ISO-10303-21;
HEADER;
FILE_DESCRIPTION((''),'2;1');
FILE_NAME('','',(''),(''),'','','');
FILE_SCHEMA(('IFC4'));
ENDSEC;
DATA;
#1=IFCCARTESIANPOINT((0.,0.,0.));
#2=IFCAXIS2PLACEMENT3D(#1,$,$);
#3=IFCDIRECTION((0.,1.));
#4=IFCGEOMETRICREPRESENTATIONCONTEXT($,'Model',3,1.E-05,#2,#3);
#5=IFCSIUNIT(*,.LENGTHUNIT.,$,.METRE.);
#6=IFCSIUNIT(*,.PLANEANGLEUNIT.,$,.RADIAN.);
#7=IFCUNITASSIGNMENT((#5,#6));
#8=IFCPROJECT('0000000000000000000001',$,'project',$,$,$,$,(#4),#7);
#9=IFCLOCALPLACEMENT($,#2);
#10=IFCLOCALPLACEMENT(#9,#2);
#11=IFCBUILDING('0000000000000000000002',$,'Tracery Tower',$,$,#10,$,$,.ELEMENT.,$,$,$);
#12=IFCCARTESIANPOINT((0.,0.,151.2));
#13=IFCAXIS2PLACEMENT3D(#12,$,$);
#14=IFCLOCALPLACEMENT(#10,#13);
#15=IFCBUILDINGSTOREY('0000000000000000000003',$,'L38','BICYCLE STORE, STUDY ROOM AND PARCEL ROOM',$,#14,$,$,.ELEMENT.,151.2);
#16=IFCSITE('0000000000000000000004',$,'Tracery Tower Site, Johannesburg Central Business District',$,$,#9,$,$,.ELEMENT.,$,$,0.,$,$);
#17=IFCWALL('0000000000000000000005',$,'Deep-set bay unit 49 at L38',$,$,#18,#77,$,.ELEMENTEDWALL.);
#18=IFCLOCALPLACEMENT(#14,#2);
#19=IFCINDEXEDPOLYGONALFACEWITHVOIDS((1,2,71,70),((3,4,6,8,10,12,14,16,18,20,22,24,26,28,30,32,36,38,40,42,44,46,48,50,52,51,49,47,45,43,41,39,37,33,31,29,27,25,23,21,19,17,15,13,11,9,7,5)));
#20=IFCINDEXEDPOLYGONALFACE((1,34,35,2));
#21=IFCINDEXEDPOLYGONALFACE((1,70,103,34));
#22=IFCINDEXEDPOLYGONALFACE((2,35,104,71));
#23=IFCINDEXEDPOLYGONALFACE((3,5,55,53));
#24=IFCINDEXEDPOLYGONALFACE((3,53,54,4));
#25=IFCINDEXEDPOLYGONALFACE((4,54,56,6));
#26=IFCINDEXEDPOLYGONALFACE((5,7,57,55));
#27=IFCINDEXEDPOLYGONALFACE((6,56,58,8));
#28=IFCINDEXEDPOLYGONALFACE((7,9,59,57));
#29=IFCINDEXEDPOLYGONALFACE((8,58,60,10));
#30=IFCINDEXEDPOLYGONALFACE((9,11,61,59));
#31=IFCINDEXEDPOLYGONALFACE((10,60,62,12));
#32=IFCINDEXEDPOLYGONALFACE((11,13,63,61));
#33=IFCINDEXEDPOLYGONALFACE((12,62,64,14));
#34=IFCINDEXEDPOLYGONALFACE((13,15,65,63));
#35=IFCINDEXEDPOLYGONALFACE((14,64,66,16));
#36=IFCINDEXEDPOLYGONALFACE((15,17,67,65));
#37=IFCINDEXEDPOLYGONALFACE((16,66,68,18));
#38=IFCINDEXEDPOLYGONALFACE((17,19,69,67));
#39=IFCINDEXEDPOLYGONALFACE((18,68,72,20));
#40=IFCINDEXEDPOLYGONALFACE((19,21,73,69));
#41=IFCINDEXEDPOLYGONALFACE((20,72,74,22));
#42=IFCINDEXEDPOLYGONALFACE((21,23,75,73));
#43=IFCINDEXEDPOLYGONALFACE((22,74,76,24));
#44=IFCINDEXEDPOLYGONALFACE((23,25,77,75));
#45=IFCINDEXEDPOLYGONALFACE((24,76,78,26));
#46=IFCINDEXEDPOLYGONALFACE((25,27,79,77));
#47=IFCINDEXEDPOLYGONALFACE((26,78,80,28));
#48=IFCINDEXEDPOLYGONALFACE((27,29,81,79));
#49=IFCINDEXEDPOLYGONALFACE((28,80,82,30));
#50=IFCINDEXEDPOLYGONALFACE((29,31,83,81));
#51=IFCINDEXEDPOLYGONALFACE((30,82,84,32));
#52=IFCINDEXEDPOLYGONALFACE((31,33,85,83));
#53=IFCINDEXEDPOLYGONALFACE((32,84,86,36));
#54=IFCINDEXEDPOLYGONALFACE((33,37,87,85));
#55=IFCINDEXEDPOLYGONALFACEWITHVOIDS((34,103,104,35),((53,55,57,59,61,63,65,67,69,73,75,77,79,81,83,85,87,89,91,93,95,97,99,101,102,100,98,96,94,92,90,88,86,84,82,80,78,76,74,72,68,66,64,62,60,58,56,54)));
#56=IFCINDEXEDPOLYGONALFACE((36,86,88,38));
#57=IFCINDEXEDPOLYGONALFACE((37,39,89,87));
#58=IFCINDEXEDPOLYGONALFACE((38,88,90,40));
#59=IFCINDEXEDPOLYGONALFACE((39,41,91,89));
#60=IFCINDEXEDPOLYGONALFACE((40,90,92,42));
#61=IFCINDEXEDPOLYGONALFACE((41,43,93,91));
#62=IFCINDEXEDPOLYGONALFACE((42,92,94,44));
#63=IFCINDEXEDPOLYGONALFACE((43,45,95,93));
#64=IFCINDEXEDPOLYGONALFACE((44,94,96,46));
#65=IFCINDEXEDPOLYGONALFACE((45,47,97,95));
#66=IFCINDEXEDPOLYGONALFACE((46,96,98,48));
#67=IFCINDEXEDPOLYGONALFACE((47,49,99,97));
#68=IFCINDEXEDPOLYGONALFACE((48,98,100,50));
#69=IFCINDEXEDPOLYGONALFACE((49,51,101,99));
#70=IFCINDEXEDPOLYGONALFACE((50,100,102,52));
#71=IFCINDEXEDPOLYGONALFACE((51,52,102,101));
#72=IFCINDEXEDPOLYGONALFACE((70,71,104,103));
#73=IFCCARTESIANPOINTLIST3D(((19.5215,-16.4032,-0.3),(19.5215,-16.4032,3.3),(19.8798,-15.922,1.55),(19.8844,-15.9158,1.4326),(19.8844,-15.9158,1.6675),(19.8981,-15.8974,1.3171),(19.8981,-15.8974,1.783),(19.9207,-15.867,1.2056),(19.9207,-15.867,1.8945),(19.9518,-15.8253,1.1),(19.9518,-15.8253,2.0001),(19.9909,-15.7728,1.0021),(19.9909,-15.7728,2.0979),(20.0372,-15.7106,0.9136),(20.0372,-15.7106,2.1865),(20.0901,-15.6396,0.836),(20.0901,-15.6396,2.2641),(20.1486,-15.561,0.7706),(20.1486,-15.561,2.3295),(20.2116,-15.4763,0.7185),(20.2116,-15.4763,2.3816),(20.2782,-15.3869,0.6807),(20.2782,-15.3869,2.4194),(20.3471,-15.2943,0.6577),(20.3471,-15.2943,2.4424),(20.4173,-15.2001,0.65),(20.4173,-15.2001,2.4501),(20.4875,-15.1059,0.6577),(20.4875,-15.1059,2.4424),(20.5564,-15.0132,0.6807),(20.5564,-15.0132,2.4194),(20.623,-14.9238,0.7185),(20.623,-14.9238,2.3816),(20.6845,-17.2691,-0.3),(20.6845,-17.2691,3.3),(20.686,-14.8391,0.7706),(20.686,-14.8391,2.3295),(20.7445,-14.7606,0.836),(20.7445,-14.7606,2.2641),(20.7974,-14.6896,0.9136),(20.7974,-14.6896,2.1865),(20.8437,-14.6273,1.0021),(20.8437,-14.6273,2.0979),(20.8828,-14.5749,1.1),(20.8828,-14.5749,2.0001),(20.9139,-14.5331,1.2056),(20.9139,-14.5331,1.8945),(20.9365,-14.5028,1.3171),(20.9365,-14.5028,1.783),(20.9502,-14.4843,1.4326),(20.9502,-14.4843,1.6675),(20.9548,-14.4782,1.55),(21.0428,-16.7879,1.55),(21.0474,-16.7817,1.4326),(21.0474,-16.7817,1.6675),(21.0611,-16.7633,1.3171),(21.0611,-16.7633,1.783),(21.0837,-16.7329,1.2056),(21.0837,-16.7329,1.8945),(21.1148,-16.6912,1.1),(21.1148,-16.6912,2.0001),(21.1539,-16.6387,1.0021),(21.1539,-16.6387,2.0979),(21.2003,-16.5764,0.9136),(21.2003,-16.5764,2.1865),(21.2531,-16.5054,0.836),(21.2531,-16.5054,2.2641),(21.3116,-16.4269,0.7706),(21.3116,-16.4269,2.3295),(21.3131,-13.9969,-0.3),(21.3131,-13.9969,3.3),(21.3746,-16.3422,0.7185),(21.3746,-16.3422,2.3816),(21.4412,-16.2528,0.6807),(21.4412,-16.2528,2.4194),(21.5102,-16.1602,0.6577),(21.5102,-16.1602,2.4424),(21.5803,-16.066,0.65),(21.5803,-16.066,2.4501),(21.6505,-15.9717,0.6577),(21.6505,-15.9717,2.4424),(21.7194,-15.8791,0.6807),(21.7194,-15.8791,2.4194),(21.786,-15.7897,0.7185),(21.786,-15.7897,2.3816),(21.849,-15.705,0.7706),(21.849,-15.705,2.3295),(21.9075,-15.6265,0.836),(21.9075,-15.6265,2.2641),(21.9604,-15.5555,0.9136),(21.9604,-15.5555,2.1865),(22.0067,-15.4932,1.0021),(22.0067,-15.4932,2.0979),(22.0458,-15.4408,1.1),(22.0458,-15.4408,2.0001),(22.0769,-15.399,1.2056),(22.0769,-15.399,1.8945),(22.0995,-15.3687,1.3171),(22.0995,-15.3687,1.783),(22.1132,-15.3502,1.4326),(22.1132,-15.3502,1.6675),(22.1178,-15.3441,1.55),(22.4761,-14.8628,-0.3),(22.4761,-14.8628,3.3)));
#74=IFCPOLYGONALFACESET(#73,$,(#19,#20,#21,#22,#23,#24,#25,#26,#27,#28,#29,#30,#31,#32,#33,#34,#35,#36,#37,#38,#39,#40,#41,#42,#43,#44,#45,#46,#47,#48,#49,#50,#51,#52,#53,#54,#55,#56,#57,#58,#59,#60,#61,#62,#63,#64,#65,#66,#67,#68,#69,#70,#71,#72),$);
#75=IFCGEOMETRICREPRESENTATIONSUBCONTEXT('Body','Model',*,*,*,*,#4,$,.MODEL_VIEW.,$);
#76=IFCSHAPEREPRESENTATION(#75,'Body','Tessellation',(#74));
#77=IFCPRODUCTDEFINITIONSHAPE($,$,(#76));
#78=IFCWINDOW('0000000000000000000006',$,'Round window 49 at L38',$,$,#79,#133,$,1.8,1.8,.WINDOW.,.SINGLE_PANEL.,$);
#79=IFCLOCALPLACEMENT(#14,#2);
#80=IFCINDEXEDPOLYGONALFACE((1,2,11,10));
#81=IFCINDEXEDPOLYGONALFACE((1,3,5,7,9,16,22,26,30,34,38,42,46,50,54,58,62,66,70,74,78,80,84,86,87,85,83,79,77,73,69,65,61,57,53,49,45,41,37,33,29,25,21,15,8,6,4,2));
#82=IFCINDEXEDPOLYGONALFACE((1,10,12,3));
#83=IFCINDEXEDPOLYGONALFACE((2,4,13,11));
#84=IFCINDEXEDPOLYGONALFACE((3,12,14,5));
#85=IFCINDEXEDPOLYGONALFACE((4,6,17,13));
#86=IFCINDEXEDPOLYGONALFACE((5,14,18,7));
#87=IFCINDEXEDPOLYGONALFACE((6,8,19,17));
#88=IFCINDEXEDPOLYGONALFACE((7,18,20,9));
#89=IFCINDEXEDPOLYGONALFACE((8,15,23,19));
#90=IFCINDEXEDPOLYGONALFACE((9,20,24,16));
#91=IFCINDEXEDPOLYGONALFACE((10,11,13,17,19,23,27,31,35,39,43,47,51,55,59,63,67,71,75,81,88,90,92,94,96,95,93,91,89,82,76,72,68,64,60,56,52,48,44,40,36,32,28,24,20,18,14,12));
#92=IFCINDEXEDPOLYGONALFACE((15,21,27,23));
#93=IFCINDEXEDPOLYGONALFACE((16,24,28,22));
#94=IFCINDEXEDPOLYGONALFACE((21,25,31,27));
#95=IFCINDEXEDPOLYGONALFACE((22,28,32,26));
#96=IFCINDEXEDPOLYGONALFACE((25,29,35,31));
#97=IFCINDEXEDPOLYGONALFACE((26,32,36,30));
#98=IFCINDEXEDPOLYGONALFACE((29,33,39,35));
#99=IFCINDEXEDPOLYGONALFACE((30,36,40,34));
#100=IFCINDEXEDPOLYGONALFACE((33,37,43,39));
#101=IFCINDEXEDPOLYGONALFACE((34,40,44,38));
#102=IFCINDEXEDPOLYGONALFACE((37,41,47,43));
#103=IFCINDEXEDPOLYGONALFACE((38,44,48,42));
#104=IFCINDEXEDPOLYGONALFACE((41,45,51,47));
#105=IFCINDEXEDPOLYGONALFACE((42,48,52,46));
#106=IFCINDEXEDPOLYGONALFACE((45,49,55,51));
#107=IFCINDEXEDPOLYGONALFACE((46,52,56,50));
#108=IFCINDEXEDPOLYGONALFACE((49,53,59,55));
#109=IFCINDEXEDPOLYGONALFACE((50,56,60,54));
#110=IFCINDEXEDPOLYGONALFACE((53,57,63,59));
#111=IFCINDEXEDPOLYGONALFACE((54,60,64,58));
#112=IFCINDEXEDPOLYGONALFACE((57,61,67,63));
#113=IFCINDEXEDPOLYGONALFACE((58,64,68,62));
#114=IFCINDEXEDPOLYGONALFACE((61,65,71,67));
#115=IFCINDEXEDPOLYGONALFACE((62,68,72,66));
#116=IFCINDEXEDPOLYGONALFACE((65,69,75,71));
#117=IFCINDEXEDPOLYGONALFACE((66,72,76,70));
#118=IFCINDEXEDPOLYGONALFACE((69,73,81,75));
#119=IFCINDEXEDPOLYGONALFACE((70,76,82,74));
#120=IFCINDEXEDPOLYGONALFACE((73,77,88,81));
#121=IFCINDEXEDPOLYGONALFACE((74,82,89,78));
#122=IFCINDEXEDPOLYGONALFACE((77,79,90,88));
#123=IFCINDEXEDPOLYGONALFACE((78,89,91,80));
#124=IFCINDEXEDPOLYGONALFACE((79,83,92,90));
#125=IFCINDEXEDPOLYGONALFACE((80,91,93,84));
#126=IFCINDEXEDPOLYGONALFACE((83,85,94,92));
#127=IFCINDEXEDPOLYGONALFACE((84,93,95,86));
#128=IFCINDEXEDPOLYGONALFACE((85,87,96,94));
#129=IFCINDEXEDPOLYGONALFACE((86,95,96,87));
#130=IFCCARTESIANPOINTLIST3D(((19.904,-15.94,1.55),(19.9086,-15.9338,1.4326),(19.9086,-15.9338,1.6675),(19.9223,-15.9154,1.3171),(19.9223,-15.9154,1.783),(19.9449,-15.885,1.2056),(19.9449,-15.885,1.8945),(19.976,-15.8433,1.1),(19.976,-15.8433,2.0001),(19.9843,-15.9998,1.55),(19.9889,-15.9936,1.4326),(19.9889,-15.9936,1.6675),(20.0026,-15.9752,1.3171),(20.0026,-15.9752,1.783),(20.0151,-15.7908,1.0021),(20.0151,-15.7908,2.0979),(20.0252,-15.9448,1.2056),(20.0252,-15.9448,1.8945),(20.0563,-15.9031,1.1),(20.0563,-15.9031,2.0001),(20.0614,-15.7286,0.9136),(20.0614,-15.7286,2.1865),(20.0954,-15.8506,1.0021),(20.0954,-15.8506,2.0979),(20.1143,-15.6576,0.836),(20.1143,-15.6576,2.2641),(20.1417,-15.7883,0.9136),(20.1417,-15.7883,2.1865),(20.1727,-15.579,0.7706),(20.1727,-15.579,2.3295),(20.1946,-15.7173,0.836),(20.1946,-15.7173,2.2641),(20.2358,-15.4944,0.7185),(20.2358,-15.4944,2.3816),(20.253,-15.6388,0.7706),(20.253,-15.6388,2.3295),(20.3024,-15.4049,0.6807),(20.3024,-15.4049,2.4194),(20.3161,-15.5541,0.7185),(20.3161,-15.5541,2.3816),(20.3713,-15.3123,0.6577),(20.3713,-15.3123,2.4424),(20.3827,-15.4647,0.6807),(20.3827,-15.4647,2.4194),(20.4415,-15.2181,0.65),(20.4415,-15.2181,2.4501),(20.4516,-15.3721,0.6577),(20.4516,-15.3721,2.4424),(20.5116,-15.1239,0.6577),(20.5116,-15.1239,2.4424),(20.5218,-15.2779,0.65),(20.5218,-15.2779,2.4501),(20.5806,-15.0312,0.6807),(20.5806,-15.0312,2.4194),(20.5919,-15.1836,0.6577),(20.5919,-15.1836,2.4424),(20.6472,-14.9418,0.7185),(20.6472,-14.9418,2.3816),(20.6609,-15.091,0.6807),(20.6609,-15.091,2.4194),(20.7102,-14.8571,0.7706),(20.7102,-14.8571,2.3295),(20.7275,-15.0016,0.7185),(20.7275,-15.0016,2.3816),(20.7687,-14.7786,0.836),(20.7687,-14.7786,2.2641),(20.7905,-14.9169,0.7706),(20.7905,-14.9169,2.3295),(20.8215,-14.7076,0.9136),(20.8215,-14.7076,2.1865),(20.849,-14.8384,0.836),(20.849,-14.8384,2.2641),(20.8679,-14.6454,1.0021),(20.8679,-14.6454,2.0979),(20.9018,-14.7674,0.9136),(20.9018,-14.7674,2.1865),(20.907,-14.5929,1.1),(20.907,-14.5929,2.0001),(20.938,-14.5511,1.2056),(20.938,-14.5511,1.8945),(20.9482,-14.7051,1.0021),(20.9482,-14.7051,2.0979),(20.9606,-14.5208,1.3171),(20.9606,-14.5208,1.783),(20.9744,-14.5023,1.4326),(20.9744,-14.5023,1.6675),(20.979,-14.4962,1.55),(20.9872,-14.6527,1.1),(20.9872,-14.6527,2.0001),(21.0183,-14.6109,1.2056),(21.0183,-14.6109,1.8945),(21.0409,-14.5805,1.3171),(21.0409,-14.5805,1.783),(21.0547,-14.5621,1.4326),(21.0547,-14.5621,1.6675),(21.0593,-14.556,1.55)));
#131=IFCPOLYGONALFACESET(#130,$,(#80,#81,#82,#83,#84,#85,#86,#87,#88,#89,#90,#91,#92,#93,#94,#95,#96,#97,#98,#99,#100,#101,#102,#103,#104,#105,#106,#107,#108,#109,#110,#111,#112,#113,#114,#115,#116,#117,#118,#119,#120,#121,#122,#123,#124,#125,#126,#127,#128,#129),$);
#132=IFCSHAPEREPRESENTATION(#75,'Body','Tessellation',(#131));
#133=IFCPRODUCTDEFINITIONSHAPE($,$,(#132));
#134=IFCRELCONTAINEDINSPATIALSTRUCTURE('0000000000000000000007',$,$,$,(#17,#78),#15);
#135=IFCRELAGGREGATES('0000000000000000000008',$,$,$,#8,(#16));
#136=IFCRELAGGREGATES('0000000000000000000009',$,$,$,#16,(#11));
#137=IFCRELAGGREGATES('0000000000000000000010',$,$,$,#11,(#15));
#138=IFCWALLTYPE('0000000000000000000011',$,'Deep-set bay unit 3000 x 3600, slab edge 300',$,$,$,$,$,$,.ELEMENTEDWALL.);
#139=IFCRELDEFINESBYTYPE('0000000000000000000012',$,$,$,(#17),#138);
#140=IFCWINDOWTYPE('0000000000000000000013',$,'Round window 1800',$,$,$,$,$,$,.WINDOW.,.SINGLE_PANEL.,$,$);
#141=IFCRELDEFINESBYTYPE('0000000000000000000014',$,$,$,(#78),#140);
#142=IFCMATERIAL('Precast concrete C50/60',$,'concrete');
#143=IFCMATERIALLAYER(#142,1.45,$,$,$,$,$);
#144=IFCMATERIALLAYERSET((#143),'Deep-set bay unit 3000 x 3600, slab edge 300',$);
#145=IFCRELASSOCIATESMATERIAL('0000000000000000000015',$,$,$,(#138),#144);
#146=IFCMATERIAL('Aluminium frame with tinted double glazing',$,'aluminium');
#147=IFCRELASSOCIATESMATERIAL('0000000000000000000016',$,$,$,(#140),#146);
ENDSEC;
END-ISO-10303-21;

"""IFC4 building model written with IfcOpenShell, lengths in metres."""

from ifc_helpers import new_model, si_unit, direction, frame, frame_2d, origin, origin_2d, place, context, subcontext, project, spatial, rectangle, circle, extrude, material, layer, layer_set, type_object, element, fill, save


model = new_model("IFC4")

# Units and contexts
model_context = context("Model", 3, precision=1e-05, world=origin(), true_north=direction((0.0, 1.0)))
body_context = subcontext(model_context, "Body", "Model", "MODEL_VIEW")
ifc_project = project(units=[si_unit("LENGTHUNIT", "METRE"), si_unit("PLANEANGLEUNIT", "RADIAN")], contexts=[model_context])

# Site, building, storey
site_placement = place(None, origin())
site = spatial("IfcSite", under=ifc_project, at=site_placement, Name="Tracery Tower Site, Johannesburg Central Business District", CompositionType="ELEMENT", RefElevation=0.0)
building_placement = place(site_placement, origin())
building = spatial("IfcBuilding", under=site, at=building_placement, Name="Tracery Tower", CompositionType="ELEMENT")
storey_placement = place(building_placement, frame((0.0, 0.0, 151.2)))
storey = spatial("IfcBuildingStorey", under=building, at=storey_placement, Name="L38", Description="BICYCLE STORE, STUDY ROOM AND PARCEL ROOM", CompositionType="ELEMENT", Elevation=151.2)

# Wall, opening, window
ifc_material_1 = material(Name="Precast concrete C50/60", Category="concrete")
ifc_layer_1 = layer(ifc_material_1, 1.45)
ifc_layer_set_1 = layer_set([ifc_layer_1], Name="Deep-set bay unit 3000 x 3600, slab edge 300")
wall_type_1 = type_object("IfcWallType", Name="Deep-set bay unit 3000 x 3600, slab edge 300", PredefinedType="ELEMENTEDWALL", material=ifc_layer_set_1)
ifc_material_2 = material(Name="Aluminium frame with tinted double glazing", Category="aluminium")
window_type = type_object("IfcWindowType", Name="Round window 1800", PartitioningType="SINGLE_PANEL", PredefinedType="WINDOW", material=ifc_material_2)
wall_1_placement = place(storey_placement, frame((20.103, -16.8362, -0.3), z_axis=(0.0, 0.0, 1.0), x_axis=(0.597184, 0.802104, 0.0)))
wall_1 = element("IfcWall", 1, at=wall_1_placement, inside=storey, type_object=wall_type_1, Name="Deep-set bay unit 49 at L38", PredefinedType="ELEMENTEDWALL", context=body_context, shape_type="SweptSolid", body=[
    extrude(rectangle(XDim=3.0, YDim=1.45, at=frame_2d((1.5, 0.0))), origin(), (0.0, 0.0, 1.0), 3.6001),
])
opening_1_placement = place(wall_1_placement, frame((1.5, 0.0, 1.8501)))
opening_1 = element("IfcOpeningElement", 2, at=opening_1_placement, cuts=wall_1, PredefinedType="OPENING", context=body_context, shape_type="SweptSolid", body=[
    extrude(circle(Radius=0.9, at=origin_2d()), frame((0.0, 0.7349, 0.0), z_axis=(0.0, -1.0, 0.0), x_axis=(1.0, 0.0, 0.0)), (0.0, 0.0, 1.0), 1.47),
])
window_1_placement = place(opening_1_placement, origin())
window_1 = element("IfcWindow", 3, at=window_1_placement, inside=storey, type_object=window_type, Name="Round window 49 at L38", OverallHeight=1.8, OverallWidth=1.8, PartitioningType="SINGLE_PANEL", PredefinedType="WINDOW", context=body_context, shape_type="SweptSolid", body=[
    extrude(circle(Radius=0.9, at=origin_2d()), frame((0.0, 0.6948, 0.0), z_axis=(0.0, -1.0, 0.0), x_axis=(1.0, 0.0, 0.0)), (0.0, 0.0, 1.0), 0.1001),
])
fill(opening_1, window_1)

save(model, "model.ifc")
